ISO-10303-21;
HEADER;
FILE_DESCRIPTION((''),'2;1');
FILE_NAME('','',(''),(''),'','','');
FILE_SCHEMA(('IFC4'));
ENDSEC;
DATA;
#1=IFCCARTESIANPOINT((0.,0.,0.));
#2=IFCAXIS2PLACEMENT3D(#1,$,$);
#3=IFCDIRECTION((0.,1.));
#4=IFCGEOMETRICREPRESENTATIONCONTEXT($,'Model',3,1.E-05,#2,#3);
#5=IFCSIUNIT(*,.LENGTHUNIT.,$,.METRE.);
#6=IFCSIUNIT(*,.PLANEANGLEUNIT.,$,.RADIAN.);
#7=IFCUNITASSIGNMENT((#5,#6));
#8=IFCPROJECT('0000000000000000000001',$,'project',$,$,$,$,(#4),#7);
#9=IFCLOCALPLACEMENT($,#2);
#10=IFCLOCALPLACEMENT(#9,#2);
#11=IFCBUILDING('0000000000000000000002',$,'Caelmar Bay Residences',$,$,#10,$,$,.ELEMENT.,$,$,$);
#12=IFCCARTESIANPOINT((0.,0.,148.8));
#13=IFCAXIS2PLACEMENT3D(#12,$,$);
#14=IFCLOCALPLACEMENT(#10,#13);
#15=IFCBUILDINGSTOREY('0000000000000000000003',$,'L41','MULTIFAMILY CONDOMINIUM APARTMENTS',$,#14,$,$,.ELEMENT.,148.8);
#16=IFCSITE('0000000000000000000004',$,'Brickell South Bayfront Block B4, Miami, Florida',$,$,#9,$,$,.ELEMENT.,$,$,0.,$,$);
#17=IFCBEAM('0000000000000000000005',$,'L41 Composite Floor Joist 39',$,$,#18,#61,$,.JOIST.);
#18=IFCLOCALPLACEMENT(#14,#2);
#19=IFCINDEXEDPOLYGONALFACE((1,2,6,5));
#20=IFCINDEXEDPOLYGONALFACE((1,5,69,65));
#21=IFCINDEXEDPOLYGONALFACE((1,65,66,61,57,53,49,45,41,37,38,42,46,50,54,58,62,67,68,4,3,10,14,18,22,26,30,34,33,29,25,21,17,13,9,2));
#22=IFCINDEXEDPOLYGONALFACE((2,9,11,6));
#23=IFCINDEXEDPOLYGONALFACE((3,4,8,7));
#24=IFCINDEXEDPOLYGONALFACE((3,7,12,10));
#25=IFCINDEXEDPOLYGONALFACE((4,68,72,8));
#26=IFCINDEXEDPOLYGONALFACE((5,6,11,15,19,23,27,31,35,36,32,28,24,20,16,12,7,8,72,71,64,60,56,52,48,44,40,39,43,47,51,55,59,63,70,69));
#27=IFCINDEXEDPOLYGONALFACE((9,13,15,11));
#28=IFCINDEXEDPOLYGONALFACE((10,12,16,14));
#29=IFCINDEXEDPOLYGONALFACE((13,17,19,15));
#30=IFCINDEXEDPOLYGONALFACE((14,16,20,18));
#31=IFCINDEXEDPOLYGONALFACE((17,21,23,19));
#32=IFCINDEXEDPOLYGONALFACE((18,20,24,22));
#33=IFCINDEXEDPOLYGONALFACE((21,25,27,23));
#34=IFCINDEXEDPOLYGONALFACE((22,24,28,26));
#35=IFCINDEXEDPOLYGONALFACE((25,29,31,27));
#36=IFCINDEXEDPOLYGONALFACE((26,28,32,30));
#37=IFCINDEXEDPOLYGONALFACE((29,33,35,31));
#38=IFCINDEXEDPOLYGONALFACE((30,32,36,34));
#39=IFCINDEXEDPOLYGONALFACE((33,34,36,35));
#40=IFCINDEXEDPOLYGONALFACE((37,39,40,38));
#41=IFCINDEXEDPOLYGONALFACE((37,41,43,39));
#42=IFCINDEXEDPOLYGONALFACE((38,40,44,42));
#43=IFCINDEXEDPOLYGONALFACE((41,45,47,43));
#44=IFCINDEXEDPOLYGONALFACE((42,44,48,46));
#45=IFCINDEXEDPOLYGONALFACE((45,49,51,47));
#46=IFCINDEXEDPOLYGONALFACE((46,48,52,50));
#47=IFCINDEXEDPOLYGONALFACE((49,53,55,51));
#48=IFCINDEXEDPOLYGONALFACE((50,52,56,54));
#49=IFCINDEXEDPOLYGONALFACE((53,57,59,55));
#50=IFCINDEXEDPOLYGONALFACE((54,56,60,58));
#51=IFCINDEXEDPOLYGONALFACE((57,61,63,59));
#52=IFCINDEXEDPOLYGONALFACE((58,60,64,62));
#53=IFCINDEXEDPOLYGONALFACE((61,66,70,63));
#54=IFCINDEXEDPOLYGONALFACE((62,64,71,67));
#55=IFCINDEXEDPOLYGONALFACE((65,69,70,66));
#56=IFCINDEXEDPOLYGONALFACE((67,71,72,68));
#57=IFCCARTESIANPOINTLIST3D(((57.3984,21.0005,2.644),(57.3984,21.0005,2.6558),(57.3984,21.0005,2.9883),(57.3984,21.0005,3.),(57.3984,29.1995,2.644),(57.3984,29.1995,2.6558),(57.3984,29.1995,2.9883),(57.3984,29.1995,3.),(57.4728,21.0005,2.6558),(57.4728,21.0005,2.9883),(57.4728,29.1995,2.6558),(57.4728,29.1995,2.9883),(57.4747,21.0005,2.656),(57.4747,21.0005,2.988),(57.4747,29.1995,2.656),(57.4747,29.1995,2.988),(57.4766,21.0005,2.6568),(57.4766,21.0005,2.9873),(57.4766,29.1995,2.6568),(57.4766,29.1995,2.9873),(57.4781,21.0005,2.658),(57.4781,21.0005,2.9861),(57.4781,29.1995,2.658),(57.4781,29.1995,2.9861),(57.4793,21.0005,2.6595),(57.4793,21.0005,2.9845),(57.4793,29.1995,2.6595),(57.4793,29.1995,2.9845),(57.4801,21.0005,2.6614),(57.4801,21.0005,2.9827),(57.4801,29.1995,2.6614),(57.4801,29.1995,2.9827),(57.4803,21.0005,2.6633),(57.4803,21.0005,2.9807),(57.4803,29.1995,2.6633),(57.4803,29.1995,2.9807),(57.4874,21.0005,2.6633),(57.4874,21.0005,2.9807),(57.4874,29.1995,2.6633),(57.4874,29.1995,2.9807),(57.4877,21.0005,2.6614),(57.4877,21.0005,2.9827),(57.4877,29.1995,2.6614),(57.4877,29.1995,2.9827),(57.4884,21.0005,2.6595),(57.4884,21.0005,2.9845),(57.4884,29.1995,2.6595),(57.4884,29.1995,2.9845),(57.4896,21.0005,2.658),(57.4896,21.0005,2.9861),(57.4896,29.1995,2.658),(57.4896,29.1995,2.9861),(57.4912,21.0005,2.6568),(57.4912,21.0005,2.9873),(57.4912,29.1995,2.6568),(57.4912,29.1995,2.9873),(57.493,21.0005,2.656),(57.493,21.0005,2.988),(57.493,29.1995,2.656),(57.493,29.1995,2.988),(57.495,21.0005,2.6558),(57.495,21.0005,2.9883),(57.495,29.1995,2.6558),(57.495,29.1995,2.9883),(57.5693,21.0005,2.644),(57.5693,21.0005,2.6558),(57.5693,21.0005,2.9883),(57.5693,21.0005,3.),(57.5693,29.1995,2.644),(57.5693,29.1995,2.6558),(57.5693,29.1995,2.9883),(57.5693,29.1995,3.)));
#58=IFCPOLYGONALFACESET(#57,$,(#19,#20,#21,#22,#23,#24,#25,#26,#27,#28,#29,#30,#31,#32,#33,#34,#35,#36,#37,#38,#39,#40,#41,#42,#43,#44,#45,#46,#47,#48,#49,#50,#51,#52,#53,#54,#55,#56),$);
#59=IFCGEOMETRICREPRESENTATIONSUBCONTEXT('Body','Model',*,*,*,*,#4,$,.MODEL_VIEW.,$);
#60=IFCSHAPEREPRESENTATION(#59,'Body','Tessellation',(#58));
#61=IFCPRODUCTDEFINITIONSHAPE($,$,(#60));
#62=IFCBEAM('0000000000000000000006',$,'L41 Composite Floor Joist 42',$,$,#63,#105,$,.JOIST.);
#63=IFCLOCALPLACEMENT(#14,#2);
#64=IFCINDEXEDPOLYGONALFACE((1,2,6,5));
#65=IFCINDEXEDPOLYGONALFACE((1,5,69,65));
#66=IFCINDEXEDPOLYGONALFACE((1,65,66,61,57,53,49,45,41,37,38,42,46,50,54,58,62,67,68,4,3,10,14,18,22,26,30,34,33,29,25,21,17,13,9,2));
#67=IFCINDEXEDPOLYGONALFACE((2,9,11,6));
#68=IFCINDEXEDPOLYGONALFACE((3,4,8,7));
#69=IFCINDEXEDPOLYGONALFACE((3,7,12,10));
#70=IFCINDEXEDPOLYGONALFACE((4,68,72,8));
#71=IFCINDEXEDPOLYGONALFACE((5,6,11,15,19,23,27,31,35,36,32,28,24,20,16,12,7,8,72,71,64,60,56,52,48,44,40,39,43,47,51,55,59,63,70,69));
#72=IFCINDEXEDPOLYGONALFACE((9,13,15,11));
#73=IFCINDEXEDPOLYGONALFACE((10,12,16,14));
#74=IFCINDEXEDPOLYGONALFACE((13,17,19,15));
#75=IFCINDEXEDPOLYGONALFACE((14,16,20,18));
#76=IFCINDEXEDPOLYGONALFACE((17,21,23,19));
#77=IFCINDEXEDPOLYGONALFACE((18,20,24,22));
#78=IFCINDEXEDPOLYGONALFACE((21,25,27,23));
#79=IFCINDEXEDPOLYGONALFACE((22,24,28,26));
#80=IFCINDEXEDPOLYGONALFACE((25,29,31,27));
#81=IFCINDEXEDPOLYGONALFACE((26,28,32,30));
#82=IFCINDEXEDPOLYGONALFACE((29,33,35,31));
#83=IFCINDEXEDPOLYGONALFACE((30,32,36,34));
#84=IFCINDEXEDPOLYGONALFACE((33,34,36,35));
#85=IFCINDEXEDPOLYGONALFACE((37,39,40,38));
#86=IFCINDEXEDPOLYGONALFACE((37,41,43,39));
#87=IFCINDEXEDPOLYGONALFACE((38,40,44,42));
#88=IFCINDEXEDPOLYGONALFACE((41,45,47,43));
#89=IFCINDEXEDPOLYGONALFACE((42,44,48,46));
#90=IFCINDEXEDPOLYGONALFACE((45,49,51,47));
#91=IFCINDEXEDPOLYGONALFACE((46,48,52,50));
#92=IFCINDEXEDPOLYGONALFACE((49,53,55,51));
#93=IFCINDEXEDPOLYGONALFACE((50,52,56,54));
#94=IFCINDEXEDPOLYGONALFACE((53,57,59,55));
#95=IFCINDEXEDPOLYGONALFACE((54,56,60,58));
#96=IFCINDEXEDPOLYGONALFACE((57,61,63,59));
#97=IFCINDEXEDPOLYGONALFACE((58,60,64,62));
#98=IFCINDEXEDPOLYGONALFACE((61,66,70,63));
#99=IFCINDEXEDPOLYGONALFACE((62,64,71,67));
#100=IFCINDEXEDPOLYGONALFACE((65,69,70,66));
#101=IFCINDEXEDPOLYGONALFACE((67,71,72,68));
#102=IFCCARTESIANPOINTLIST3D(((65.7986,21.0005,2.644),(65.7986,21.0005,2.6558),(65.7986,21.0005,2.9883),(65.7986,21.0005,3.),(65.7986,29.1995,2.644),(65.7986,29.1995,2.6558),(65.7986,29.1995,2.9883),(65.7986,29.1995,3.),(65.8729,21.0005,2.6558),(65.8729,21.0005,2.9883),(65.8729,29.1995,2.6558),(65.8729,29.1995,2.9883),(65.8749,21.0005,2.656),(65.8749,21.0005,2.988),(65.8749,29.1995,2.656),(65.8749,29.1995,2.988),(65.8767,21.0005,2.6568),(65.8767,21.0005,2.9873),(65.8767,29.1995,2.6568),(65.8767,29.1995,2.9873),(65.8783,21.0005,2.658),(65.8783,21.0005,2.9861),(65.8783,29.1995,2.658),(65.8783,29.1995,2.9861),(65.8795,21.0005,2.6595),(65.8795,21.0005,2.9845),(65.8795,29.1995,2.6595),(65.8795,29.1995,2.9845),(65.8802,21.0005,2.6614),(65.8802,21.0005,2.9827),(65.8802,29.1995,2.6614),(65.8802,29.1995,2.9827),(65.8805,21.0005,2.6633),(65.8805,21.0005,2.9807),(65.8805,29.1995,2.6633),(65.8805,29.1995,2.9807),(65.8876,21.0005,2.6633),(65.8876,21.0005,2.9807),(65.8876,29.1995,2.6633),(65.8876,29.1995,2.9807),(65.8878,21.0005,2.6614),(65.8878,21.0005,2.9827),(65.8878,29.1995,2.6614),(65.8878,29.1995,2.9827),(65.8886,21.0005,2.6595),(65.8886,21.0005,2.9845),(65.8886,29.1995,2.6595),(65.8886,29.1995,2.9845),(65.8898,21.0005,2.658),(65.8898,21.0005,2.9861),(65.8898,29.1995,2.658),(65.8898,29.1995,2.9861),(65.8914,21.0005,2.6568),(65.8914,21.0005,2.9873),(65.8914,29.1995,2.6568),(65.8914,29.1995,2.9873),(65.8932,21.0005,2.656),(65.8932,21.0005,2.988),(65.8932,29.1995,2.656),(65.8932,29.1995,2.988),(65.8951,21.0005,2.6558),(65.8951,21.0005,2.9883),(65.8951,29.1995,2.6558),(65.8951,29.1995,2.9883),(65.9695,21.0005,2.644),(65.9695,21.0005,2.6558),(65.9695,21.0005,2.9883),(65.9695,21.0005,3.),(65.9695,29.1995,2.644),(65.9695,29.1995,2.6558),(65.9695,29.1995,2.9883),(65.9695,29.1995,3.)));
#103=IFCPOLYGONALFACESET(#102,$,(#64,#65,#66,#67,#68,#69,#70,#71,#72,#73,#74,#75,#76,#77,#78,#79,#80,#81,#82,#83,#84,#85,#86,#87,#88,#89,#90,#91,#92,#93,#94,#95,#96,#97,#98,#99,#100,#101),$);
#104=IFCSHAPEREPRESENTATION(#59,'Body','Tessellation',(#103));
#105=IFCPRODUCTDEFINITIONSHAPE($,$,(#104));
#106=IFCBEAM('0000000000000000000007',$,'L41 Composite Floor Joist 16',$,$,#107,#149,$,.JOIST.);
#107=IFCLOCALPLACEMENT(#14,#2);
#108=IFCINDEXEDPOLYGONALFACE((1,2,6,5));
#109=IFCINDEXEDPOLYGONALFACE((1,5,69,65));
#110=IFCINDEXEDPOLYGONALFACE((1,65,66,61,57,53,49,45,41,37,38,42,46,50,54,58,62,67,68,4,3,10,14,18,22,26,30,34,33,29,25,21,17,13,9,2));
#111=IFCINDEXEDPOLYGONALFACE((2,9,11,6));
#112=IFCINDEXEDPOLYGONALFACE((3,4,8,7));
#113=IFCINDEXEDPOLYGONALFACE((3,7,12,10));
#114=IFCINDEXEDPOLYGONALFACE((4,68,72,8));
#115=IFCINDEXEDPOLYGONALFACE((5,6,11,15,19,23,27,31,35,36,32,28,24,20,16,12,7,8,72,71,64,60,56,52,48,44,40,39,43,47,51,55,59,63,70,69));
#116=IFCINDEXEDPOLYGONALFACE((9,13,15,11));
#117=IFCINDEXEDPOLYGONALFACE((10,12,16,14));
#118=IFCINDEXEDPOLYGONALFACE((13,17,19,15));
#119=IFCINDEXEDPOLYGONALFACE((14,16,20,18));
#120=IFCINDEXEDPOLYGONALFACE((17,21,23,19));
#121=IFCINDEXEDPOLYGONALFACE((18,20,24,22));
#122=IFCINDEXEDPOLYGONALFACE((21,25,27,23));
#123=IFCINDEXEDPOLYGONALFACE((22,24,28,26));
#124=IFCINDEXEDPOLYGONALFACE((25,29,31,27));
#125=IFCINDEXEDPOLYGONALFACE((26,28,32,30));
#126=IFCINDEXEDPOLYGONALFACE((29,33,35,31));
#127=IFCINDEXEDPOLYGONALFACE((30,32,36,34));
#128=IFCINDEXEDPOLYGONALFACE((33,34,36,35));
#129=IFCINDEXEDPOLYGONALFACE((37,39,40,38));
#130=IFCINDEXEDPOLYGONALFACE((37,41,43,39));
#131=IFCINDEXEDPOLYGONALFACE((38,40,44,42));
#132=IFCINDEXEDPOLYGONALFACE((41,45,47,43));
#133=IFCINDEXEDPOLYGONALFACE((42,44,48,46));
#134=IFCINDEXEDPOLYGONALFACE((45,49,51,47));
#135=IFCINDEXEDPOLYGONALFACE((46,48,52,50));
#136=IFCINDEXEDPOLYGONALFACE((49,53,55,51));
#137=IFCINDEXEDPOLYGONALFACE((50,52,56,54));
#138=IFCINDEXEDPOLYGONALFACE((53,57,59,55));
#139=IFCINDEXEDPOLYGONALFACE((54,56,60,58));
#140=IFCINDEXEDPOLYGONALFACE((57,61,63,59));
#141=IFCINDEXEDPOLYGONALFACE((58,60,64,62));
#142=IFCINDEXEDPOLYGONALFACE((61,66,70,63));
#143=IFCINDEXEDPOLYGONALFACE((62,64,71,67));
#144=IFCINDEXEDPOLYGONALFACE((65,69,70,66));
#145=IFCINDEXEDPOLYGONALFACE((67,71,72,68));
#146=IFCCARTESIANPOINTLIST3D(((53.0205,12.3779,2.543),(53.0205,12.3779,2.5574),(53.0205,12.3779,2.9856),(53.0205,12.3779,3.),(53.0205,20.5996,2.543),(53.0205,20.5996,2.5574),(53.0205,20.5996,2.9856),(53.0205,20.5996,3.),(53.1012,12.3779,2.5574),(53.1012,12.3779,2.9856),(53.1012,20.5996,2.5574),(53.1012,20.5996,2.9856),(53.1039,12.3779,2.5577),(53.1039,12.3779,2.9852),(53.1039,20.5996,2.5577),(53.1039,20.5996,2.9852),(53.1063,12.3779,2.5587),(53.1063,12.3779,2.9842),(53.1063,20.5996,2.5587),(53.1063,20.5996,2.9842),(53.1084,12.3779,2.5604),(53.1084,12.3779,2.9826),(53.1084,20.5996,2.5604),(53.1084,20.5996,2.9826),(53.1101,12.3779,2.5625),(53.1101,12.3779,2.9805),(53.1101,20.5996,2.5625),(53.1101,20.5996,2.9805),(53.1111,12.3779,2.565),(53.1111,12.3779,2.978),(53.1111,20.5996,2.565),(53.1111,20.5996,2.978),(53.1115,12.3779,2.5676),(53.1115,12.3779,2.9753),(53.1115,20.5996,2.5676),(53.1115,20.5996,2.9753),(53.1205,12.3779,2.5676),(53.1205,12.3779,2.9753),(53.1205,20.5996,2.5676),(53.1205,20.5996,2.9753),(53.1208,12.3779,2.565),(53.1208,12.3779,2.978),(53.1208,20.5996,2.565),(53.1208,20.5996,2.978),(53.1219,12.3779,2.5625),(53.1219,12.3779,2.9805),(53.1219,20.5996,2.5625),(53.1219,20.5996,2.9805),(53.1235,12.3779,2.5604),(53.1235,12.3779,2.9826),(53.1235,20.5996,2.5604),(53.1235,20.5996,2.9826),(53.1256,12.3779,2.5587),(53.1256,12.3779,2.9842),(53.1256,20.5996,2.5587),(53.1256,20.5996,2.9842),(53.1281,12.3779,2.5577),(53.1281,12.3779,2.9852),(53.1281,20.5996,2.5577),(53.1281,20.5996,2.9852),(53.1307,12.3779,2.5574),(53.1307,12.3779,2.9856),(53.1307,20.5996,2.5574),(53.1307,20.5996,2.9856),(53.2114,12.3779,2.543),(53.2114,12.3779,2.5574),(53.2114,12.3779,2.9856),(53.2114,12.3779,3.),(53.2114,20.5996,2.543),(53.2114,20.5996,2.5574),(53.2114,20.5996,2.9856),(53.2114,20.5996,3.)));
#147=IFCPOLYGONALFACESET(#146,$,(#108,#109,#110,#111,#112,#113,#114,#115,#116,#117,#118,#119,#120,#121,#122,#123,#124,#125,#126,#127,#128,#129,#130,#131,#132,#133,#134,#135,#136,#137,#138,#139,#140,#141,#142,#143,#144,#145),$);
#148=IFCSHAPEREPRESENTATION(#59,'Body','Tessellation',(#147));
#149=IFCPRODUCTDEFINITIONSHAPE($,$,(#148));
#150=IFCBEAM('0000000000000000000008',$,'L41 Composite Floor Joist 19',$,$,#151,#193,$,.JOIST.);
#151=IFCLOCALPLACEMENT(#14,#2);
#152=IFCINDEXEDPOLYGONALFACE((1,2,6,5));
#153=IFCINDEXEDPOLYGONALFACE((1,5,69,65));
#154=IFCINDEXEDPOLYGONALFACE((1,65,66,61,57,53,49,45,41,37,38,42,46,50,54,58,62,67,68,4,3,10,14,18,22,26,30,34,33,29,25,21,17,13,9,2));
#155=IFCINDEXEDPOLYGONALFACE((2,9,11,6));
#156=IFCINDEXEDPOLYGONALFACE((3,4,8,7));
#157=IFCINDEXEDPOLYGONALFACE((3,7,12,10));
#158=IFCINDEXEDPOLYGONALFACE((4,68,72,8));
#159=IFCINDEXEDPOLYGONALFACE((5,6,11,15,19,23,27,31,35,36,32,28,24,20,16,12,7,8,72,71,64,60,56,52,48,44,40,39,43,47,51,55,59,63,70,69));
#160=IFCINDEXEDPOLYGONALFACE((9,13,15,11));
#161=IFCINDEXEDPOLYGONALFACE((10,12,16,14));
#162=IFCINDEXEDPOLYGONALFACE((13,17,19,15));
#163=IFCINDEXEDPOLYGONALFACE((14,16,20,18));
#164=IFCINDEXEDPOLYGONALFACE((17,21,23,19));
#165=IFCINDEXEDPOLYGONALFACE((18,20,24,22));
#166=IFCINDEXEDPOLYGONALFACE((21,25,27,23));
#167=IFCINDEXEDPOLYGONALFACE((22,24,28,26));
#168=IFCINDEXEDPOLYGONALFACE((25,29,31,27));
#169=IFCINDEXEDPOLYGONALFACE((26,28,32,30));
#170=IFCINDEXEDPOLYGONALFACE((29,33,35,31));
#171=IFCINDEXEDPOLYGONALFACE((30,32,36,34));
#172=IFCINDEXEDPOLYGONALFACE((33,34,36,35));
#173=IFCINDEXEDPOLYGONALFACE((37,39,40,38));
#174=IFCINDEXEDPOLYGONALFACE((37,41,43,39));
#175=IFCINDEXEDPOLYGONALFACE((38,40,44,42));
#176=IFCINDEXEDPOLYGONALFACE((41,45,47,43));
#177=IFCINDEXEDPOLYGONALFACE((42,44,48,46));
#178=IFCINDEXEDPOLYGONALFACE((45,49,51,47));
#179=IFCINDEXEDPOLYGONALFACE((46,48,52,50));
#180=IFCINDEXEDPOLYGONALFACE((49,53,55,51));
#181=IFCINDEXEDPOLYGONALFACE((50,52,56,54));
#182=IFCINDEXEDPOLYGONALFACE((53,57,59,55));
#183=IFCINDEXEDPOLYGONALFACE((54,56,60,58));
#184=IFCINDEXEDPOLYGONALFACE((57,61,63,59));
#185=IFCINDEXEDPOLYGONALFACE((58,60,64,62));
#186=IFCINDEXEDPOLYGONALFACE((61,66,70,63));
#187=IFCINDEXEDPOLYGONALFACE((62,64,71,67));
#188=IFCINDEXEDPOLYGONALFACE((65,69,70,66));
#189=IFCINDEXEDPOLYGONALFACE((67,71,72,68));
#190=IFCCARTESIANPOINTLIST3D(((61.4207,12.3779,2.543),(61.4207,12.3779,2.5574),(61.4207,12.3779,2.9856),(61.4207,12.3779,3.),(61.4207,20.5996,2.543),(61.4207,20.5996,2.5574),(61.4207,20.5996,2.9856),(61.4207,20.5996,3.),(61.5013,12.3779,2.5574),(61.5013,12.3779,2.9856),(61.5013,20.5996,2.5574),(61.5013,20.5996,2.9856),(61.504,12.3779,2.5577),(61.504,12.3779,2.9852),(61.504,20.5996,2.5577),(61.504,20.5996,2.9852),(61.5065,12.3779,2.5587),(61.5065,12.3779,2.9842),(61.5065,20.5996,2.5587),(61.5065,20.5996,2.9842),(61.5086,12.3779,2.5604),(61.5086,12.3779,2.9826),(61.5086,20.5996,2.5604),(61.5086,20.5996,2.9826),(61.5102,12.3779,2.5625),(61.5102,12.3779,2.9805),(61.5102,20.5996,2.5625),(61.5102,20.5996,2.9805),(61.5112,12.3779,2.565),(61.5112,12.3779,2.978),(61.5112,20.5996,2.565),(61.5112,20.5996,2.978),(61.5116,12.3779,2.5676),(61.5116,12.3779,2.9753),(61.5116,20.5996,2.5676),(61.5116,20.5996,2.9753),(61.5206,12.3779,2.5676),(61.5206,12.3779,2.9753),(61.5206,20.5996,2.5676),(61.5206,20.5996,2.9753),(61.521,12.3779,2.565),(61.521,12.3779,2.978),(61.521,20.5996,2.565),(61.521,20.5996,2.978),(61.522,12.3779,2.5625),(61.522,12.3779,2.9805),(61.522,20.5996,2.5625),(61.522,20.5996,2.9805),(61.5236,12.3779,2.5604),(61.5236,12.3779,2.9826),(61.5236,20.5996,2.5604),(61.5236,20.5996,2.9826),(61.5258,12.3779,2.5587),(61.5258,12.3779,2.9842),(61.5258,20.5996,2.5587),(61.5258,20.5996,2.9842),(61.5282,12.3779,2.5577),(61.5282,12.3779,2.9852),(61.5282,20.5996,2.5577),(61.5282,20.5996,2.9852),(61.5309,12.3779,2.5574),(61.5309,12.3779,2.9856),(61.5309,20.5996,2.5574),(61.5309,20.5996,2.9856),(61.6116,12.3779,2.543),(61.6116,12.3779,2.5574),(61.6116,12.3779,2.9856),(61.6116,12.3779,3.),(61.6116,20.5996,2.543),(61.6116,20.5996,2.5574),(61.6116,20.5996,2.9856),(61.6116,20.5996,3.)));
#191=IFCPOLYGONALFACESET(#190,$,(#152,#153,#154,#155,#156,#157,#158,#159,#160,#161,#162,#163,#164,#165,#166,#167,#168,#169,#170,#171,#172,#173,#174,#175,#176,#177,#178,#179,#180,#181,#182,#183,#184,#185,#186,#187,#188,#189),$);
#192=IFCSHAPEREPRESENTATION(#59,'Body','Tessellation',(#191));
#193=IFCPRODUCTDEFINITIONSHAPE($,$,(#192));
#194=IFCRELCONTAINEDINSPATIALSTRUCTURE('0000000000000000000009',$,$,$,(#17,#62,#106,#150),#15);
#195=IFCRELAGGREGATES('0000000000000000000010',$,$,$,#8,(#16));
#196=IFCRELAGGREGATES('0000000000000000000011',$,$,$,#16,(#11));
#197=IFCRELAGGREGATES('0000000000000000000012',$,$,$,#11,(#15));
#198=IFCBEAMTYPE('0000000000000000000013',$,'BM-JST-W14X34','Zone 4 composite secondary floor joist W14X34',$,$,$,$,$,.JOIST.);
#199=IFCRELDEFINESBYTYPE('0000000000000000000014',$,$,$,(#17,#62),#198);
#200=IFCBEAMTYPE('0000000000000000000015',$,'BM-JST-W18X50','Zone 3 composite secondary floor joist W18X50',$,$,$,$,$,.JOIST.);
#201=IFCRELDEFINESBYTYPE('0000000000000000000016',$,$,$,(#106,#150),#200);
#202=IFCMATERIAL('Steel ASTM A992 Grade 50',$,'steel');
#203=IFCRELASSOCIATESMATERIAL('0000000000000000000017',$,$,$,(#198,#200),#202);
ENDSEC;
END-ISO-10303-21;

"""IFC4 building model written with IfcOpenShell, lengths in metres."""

from ifc_helpers import new_model, si_unit, direction, frame, origin, origin_2d, place, context, subcontext, project, spatial, i_section, extrude, material, material_profile, profile_set, type_object, element, save


model = new_model("IFC4")

# Units and contexts
model_context = context("Model", 3, precision=1e-05, world=origin(), true_north=direction((0.0, 1.0)))
body_context = subcontext(model_context, "Body", "Model", "MODEL_VIEW")
ifc_project = project(units=[si_unit("LENGTHUNIT", "METRE"), si_unit("PLANEANGLEUNIT", "RADIAN")], contexts=[model_context])

# Site, building, storey
site_placement = place(None, origin())
site = spatial("IfcSite", under=ifc_project, at=site_placement, Name="Brickell South Bayfront Block B4, Miami, Florida", CompositionType="ELEMENT", RefElevation=0.0)
building_placement = place(site_placement, origin())
building = spatial("IfcBuilding", under=site, at=building_placement, Name="Caelmar Bay Residences", CompositionType="ELEMENT")
storey_placement = place(building_placement, frame((0.0, 0.0, 148.8)))
storey = spatial("IfcBuildingStorey", under=building, at=storey_placement, Name="L41", Description="MULTIFAMILY CONDOMINIUM APARTMENTS", CompositionType="ELEMENT", Elevation=148.8)

# Beams
ifc_material_1 = material(Name="Steel ASTM A992 Grade 50", Category="steel")
ifc_material_profile_1 = material_profile(ifc_material_1, i_section(OverallWidth=0.1709, OverallDepth=0.356, WebThickness=0.0071, FlangeThickness=0.0117, FilletRadius=0.0076, at=origin_2d()), Name="W14X34")
ifc_profile_set_1 = profile_set([ifc_material_profile_1], Name="Steel ASTM A992 Grade 50")
beam_type_1 = type_object("IfcBeamType", Name="BM-JST-W14X34", Description="Zone 4 composite secondary floor joist W14X34", PredefinedType="JOIST", material=ifc_profile_set_1)
for number, where, z_axis, x_axis, name in (
    (1, (57.4839, 21.0005, 2.822), (0.0, 1.0, 0.0), (-1.0, 0.0, 0.0), "L41 Composite Floor Joist 39"),
    (2, (65.884, 21.0005, 2.822), (0.0, 1.0, 0.0), (-1.0, 0.0, 0.0), "L41 Composite Floor Joist 42"),
):
    element("IfcBeam", number, at=place(storey_placement, frame(where, z_axis=z_axis, x_axis=x_axis)), inside=storey, type_object=beam_type_1, Name=name, PredefinedType="JOIST", context=body_context, shape_type="SweptSolid", body=[
        extrude(i_section(OverallWidth=0.1709, OverallDepth=0.356, WebThickness=0.0071, FlangeThickness=0.0117, FilletRadius=0.0076, at=origin_2d()), origin(), (0.0, 0.0, 1.0), 8.199),
    ])
ifc_material_profile_2 = material_profile(ifc_material_1, i_section(OverallWidth=0.1909, OverallDepth=0.457, WebThickness=0.009, FlangeThickness=0.0144, FilletRadius=0.0103, at=origin_2d()), Name="W18X50")
ifc_profile_set_2 = profile_set([ifc_material_profile_2], Name="Steel ASTM A992 Grade 50")
beam_type_2 = type_object("IfcBeamType", Name="BM-JST-W18X50", Description="Zone 3 composite secondary floor joist W18X50", PredefinedType="JOIST", material=ifc_profile_set_2)
for number, where, z_axis, x_axis, name in (
    (3, (53.116, 12.3779, 2.7715), (0.0, 1.0, 0.0), (-1.0, 0.0, 0.0), "L41 Composite Floor Joist 16"),
    (4, (61.5161, 12.3779, 2.7715), (0.0, 1.0, 0.0), (-1.0, 0.0, 0.0), "L41 Composite Floor Joist 19"),
):
    element("IfcBeam", number, at=place(storey_placement, frame(where, z_axis=z_axis, x_axis=x_axis)), inside=storey, type_object=beam_type_2, Name=name, PredefinedType="JOIST", context=body_context, shape_type="SweptSolid", body=[
        extrude(i_section(OverallWidth=0.1909, OverallDepth=0.457, WebThickness=0.009, FlangeThickness=0.0144, FilletRadius=0.0103, at=origin_2d()), origin(), (0.0, 0.0, 1.0), 8.2217),
    ])

save(model, "model.ifc")
